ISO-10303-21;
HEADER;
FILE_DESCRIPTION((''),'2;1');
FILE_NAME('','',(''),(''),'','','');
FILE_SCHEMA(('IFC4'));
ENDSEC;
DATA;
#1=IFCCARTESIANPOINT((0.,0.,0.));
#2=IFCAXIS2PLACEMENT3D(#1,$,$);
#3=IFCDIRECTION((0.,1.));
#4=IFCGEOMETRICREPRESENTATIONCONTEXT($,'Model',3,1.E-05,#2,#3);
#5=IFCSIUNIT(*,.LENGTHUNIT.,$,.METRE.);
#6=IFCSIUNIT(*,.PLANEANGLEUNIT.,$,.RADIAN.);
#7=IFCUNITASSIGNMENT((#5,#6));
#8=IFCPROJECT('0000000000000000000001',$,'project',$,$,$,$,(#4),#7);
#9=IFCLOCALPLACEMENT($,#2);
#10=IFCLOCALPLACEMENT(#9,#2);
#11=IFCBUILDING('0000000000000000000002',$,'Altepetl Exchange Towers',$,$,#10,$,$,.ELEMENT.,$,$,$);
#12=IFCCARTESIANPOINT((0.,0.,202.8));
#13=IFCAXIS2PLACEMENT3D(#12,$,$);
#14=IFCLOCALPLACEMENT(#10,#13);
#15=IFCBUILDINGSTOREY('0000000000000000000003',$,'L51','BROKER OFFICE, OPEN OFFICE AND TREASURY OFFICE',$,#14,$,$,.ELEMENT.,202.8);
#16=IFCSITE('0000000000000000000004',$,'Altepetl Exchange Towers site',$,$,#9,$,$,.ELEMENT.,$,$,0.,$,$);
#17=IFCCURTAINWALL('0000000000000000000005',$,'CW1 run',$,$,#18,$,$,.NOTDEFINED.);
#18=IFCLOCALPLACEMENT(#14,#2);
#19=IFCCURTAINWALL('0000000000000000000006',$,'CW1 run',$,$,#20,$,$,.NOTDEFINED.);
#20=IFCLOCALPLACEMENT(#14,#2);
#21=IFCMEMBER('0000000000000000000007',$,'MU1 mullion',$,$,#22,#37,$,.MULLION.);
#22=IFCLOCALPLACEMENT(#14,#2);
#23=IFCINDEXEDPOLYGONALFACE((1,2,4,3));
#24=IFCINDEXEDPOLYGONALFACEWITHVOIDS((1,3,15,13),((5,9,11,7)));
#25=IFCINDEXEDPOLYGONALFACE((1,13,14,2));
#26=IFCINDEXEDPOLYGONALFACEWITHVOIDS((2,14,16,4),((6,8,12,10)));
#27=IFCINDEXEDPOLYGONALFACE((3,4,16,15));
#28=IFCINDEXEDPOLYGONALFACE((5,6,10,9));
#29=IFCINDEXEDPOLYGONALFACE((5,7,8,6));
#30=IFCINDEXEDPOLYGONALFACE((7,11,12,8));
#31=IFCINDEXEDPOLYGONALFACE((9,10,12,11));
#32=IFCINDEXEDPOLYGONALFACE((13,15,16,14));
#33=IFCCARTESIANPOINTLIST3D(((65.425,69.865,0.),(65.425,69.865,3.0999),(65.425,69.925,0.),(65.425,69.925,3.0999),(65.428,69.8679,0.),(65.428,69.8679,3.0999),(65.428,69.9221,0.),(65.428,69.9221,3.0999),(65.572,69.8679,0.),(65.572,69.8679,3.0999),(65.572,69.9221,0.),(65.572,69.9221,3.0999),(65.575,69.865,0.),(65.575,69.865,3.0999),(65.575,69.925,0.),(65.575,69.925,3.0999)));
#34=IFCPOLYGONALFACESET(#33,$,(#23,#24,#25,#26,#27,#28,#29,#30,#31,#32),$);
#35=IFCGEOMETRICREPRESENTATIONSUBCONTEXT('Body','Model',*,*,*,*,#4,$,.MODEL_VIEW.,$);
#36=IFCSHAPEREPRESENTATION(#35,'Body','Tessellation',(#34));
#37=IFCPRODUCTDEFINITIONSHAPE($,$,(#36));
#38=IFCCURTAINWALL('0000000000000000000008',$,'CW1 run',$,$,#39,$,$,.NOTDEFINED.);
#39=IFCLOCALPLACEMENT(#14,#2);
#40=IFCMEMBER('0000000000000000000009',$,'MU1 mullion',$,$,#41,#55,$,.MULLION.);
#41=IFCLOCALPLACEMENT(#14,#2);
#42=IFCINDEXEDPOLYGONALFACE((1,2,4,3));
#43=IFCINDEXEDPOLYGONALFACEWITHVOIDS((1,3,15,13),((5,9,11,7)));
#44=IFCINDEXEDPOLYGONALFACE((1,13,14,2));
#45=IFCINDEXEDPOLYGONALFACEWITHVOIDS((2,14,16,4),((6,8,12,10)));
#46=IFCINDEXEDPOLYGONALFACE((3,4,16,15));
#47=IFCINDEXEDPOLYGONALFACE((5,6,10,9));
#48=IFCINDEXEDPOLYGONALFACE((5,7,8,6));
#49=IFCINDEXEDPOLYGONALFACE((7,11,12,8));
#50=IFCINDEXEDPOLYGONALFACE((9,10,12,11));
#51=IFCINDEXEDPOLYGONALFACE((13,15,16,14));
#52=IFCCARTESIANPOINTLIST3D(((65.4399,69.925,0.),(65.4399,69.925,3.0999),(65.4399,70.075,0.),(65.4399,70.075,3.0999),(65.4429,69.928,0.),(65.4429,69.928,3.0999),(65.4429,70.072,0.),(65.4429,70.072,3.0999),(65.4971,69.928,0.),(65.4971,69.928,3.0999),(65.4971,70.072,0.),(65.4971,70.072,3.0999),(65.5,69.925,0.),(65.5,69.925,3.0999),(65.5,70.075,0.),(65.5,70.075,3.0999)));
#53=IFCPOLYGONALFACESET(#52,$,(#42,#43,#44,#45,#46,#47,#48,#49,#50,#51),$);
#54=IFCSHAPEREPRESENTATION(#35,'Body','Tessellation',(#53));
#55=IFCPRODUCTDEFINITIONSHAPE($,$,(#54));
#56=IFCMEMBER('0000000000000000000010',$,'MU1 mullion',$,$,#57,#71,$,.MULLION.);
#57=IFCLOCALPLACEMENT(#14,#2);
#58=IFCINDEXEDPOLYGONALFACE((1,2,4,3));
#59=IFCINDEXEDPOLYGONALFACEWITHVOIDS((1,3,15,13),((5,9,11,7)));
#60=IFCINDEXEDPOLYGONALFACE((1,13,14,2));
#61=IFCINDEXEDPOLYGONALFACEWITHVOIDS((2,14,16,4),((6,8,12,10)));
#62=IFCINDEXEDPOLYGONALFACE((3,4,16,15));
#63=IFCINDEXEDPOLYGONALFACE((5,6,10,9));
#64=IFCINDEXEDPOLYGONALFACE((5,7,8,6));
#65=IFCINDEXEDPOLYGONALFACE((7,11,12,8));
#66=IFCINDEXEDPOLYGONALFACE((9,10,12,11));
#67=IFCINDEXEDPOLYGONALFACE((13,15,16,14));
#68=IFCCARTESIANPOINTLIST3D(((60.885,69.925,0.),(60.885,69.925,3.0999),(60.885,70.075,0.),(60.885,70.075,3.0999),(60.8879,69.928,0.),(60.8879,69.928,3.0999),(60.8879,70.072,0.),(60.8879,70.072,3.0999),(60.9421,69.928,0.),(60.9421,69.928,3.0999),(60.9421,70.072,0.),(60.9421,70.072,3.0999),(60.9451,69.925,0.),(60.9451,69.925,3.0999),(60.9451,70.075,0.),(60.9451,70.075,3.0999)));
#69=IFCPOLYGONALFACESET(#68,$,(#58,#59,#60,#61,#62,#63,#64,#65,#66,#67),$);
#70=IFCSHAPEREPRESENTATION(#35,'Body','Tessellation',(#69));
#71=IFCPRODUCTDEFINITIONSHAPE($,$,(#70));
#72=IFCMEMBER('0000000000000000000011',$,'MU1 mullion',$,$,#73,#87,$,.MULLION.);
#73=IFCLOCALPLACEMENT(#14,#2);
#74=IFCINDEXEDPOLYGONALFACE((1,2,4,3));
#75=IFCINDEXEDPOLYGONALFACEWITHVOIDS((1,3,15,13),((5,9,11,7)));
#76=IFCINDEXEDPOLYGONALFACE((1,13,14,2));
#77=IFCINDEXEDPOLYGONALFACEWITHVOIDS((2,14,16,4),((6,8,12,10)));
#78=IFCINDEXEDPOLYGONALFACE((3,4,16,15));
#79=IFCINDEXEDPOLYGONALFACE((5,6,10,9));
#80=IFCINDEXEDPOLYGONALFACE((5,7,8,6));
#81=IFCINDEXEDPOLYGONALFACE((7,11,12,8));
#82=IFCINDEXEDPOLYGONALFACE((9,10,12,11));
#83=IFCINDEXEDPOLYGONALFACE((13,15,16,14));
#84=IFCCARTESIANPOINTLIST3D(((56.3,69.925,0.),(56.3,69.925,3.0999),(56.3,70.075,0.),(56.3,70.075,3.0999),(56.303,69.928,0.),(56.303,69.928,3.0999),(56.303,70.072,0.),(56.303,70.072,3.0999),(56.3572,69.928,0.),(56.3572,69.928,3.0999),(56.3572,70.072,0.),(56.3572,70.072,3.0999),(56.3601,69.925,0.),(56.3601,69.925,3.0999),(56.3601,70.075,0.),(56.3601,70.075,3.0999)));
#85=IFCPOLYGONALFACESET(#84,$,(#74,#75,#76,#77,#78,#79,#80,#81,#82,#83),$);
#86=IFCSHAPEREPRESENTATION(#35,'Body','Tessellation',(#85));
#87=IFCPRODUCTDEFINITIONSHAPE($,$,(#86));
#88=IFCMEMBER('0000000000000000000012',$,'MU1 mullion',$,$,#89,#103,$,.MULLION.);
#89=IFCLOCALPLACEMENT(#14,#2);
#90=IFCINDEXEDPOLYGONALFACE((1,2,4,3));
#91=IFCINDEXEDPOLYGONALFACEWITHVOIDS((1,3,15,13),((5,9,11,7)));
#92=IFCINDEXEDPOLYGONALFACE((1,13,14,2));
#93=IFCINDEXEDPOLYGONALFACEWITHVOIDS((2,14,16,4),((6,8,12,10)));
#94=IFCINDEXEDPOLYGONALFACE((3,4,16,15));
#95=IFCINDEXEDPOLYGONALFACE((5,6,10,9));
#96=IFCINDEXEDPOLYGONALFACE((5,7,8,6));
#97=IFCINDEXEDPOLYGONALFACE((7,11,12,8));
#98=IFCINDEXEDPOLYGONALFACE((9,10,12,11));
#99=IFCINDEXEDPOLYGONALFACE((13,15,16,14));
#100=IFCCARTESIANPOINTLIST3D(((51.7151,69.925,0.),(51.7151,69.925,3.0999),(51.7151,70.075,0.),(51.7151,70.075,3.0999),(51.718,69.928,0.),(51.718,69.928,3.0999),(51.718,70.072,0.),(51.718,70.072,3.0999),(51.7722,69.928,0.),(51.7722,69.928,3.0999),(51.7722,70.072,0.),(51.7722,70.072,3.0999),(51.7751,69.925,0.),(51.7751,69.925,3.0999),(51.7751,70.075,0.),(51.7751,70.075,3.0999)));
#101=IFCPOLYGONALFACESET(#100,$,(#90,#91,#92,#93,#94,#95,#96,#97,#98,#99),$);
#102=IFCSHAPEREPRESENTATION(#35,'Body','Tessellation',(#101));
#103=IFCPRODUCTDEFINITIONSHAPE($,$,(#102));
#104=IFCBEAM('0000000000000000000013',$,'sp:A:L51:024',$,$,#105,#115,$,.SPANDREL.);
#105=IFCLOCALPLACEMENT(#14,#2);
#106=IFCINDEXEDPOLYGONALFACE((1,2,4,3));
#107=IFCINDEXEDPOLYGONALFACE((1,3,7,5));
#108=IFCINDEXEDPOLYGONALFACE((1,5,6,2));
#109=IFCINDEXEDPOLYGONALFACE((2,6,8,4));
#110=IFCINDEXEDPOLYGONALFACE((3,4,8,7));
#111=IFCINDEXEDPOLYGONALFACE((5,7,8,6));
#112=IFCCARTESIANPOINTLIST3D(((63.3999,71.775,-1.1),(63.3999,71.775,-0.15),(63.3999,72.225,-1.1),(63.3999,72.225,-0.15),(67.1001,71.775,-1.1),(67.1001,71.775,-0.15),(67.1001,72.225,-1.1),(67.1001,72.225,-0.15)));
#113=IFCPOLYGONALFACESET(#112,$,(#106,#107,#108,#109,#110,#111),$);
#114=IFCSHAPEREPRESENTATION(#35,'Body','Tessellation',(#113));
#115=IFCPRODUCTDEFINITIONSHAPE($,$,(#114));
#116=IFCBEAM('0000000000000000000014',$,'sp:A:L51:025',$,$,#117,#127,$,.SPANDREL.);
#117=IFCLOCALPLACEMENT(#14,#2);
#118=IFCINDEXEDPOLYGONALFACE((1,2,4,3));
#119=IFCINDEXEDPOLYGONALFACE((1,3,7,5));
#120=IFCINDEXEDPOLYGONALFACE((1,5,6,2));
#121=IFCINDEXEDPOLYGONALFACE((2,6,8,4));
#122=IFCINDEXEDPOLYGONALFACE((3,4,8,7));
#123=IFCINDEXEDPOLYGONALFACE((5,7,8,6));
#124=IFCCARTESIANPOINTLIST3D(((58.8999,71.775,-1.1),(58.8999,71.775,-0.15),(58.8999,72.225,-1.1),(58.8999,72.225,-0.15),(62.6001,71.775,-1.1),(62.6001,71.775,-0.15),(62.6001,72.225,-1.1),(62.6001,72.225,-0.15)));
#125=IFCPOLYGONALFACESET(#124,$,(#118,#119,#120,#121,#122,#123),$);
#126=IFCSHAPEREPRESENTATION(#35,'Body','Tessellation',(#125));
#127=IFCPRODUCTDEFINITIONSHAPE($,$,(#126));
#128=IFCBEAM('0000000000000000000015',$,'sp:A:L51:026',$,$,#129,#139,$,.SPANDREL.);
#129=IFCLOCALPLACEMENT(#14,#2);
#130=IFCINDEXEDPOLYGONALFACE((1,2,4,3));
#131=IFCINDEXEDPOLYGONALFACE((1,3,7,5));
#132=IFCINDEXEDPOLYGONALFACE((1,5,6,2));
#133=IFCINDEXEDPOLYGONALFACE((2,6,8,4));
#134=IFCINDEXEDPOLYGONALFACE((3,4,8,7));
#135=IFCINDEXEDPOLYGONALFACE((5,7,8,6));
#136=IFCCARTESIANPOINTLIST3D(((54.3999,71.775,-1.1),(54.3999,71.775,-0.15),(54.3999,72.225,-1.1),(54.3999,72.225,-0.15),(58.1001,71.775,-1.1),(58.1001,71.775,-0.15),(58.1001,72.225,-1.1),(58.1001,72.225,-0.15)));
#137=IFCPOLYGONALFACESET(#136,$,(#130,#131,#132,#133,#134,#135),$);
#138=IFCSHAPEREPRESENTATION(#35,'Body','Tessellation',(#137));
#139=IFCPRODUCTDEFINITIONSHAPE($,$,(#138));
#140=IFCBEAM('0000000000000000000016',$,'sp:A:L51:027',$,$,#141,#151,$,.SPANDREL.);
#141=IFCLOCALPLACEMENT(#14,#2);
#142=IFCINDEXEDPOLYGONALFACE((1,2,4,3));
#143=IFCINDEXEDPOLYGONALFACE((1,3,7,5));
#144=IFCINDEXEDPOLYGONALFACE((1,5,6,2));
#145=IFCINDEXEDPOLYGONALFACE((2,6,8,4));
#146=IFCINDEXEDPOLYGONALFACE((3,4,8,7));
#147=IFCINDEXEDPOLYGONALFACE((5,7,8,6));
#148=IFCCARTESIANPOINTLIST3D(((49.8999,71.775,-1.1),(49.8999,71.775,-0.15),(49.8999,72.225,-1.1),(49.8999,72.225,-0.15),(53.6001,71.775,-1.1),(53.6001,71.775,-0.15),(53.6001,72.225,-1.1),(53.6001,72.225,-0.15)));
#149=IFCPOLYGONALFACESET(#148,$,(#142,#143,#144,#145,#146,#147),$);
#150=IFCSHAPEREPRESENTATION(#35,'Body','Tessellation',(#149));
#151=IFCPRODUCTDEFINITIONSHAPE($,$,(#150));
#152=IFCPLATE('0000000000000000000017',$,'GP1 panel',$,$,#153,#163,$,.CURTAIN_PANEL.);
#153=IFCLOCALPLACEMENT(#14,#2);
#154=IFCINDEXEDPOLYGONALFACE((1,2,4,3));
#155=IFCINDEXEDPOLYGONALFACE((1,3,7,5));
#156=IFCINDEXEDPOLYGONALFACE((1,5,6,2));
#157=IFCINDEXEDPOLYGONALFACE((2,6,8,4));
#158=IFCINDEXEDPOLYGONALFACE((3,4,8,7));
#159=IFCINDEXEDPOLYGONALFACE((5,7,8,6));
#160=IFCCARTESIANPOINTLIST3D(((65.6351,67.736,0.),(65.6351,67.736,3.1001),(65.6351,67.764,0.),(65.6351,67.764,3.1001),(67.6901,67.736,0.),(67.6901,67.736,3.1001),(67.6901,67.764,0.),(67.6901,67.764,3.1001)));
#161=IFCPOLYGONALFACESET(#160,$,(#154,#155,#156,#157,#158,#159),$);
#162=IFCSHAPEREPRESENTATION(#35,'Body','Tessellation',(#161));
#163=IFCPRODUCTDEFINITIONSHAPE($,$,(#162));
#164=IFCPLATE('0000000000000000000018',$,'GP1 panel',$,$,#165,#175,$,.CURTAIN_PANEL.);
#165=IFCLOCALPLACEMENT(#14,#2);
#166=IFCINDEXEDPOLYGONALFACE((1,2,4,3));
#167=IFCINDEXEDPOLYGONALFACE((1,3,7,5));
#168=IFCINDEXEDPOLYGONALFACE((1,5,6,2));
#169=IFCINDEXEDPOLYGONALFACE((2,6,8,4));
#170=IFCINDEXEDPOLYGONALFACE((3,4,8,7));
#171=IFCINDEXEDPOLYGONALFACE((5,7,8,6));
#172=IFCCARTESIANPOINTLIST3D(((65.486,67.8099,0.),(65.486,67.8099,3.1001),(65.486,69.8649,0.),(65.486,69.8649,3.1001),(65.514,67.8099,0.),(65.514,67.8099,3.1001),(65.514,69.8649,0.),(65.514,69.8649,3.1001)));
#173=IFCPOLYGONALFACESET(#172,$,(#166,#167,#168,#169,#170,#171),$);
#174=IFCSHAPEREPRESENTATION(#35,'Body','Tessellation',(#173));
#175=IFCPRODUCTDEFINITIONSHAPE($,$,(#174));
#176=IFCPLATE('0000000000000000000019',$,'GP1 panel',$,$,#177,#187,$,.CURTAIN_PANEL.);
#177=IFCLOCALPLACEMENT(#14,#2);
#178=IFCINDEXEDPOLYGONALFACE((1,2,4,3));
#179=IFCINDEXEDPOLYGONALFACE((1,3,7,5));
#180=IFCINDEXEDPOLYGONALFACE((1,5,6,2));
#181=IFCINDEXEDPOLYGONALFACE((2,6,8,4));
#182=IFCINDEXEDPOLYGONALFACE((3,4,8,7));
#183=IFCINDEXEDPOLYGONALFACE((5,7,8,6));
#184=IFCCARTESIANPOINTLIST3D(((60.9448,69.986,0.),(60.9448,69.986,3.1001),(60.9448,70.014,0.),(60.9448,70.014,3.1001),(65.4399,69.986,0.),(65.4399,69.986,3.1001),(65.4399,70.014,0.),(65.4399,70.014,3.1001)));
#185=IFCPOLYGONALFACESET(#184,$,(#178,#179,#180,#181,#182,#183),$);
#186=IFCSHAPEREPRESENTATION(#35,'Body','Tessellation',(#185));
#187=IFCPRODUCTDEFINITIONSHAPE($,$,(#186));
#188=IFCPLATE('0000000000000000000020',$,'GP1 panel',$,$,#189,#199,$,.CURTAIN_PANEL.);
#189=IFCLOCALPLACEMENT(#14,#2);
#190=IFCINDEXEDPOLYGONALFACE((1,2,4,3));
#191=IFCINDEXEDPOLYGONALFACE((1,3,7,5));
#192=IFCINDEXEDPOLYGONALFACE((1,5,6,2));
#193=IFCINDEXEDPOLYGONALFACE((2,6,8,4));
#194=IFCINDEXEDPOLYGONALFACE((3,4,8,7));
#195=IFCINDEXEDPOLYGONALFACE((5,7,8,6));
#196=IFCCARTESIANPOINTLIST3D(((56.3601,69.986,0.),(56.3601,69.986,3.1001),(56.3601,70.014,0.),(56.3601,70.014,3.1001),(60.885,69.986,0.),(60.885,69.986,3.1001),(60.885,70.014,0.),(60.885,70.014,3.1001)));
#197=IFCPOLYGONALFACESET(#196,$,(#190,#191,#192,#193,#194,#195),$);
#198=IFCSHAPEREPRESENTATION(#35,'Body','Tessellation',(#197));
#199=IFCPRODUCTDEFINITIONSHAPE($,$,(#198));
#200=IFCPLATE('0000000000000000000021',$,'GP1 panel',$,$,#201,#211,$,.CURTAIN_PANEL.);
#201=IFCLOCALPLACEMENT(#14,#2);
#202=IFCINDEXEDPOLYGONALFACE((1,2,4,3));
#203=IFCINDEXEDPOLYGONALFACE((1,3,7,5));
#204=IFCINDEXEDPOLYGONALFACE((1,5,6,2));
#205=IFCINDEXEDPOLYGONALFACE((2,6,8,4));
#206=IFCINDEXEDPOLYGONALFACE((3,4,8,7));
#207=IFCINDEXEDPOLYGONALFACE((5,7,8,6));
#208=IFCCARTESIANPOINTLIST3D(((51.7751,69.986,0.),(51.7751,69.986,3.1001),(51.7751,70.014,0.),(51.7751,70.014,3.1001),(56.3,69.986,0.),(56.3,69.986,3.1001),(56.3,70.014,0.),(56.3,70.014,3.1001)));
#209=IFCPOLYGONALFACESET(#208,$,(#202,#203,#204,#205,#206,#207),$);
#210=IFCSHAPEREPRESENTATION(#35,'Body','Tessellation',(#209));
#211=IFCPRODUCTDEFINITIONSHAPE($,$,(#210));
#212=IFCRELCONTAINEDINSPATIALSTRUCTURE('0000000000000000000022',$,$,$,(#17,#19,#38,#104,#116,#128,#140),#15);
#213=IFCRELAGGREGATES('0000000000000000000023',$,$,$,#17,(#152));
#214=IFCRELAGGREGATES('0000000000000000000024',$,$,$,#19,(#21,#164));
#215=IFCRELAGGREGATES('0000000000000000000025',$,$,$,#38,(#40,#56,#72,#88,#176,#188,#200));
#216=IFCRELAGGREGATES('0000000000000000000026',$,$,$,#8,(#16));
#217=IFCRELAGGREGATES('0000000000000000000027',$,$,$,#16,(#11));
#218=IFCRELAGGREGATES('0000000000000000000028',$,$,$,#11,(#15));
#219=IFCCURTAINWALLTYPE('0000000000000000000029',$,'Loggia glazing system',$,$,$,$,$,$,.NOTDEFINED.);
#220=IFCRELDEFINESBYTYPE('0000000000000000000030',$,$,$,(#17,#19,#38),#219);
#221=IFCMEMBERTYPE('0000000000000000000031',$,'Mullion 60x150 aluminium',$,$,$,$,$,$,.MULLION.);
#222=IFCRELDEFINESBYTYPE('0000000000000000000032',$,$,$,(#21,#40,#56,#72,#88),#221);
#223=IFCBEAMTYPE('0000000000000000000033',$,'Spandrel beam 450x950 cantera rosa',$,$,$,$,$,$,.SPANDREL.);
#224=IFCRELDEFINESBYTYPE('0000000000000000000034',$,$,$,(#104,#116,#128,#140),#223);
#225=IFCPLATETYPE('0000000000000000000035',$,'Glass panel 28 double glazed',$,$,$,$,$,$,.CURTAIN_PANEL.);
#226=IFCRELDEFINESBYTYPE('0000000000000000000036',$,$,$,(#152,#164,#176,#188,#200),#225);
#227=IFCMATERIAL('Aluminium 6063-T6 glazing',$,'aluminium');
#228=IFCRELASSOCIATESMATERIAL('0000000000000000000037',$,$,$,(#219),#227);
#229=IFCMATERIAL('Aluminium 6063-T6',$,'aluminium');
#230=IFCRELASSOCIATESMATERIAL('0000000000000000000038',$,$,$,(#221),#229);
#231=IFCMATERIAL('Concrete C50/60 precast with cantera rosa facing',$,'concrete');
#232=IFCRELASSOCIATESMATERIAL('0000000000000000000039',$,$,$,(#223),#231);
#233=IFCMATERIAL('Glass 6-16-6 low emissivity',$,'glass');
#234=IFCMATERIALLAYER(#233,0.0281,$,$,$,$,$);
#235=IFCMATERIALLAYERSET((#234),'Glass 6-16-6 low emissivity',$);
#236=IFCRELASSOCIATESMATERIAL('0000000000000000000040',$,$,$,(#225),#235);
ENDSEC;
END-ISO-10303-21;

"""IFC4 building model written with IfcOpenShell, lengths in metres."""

from ifc_helpers import new_model, si_unit, direction, frame, origin, origin_2d, place, context, subcontext, project, spatial, rectangle, hollow_rectangle, extrude, material, layer, layer_set, material_profile, profile_set, type_object, element, aggregate, save


model = new_model("IFC4")

# Units and contexts
model_context = context("Model", 3, precision=1e-05, world=origin(), true_north=direction((0.0, 1.0)))
body_context = subcontext(model_context, "Body", "Model", "MODEL_VIEW")
ifc_project = project(units=[si_unit("LENGTHUNIT", "METRE"), si_unit("PLANEANGLEUNIT", "RADIAN")], contexts=[model_context])

# Site, building, storey
site_placement = place(None, origin())
site = spatial("IfcSite", under=ifc_project, at=site_placement, Name="Altepetl Exchange Towers site", CompositionType="ELEMENT", RefElevation=0.0)
building_placement = place(site_placement, origin())
building = spatial("IfcBuilding", under=site, at=building_placement, Name="Altepetl Exchange Towers", CompositionType="ELEMENT")
storey_placement = place(building_placement, frame((0.0, 0.0, 202.8)))
storey = spatial("IfcBuildingStorey", under=building, at=storey_placement, Name="L51", Description="BROKER OFFICE, OPEN OFFICE AND TREASURY OFFICE", CompositionType="ELEMENT", Elevation=202.8)

# Curtain wall
ifc_material_1 = material(Name="Aluminium 6063-T6 glazing", Category="aluminium")
curtain_wall_type = type_object("IfcCurtainWallType", Name="Loggia glazing system", PredefinedType="NOTDEFINED", material=ifc_material_1)
curtain_wall_1_placement = place(storey_placement, origin())
curtain_wall_1 = element("IfcCurtainWall", 1, at=curtain_wall_1_placement, inside=storey, type_object=curtain_wall_type, Name="CW1 run", PredefinedType="NOTDEFINED")
ifc_material_2 = material(Name="Aluminium 6063-T6", Category="aluminium")
ifc_material_profile_1 = material_profile(ifc_material_2, hollow_rectangle(XDim=0.0601, YDim=0.1499, WallThickness=0.0029, at=origin_2d()), Name="Mullion 60x150 aluminium")
ifc_profile_set_1 = profile_set([ifc_material_profile_1], Name="Aluminium 6063-T6")
member_type = type_object("IfcMemberType", Name="Mullion 60x150 aluminium", PredefinedType="MULLION", material=ifc_profile_set_1)

# Curtain walls, members
curtain_wall_2_placement = place(storey_placement, origin())
curtain_wall_2 = element("IfcCurtainWall", 2, at=curtain_wall_2_placement, inside=storey, type_object=curtain_wall_type, Name="CW1 run", PredefinedType="NOTDEFINED")
member_1_placement = place(storey_placement, frame((65.5, 69.895, 0.0), z_axis=(0.0, 0.0, 1.0), x_axis=(0.0, 1.0, 0.0)))
member_1 = element("IfcMember", 3, at=member_1_placement, type_object=member_type, Name="MU1 mullion", PredefinedType="MULLION", context=body_context, shape_type="SweptSolid", body=[
    extrude(hollow_rectangle(XDim=0.0601, YDim=0.1499, WallThickness=0.0029, at=origin_2d()), origin(), (0.0, 0.0, 1.0), 3.0999),
])
curtain_wall_3_placement = place(storey_placement, origin())
curtain_wall_3 = element("IfcCurtainWall", 4, at=curtain_wall_3_placement, inside=storey, type_object=curtain_wall_type, Name="CW1 run", PredefinedType="NOTDEFINED")
member_2_placement = place(storey_placement, frame((65.47, 70.0, 0.0), z_axis=(0.0, 0.0, 1.0), x_axis=(-1.0, 0.0, 0.0)))
member_2 = element("IfcMember", 5, at=member_2_placement, type_object=member_type, Name="MU1 mullion", PredefinedType="MULLION", context=body_context, shape_type="SweptSolid", body=[
    extrude(hollow_rectangle(XDim=0.0601, YDim=0.1499, WallThickness=0.0029, at=origin_2d()), origin(), (0.0, 0.0, 1.0), 3.0999),
])
member_3_placement = place(storey_placement, frame((60.915, 70.0, 0.0), z_axis=(0.0, 0.0, 1.0), x_axis=(-1.0, 0.0, 0.0)))
member_3 = element("IfcMember", 6, at=member_3_placement, type_object=member_type, Name="MU1 mullion", PredefinedType="MULLION", context=body_context, shape_type="SweptSolid", body=[
    extrude(hollow_rectangle(XDim=0.0601, YDim=0.1499, WallThickness=0.0029, at=origin_2d()), origin(), (0.0, 0.0, 1.0), 3.0999),
])
member_4_placement = place(storey_placement, frame((56.3301, 70.0, 0.0), z_axis=(0.0, 0.0, 1.0), x_axis=(-1.0, 0.0, 0.0)))
member_4 = element("IfcMember", 7, at=member_4_placement, type_object=member_type, Name="MU1 mullion", PredefinedType="MULLION", context=body_context, shape_type="SweptSolid", body=[
    extrude(hollow_rectangle(XDim=0.0601, YDim=0.1499, WallThickness=0.0029, at=origin_2d()), origin(), (0.0, 0.0, 1.0), 3.0999),
])
member_5_placement = place(storey_placement, frame((51.7451, 70.0, 0.0), z_axis=(0.0, 0.0, 1.0), x_axis=(-1.0, 0.0, 0.0)))
member_5 = element("IfcMember", 8, at=member_5_placement, type_object=member_type, Name="MU1 mullion", PredefinedType="MULLION", context=body_context, shape_type="SweptSolid", body=[
    extrude(hollow_rectangle(XDim=0.0601, YDim=0.1499, WallThickness=0.0029, at=origin_2d()), origin(), (0.0, 0.0, 1.0), 3.0999),
])

# Beams
ifc_material_3 = material(Name="Concrete C50/60 precast with cantera rosa facing", Category="concrete")
ifc_material_profile_2 = material_profile(ifc_material_3, rectangle(XDim=0.45, YDim=0.95, at=origin_2d()), Name="450 x 950")
ifc_profile_set_2 = profile_set([ifc_material_profile_2], Name="Concrete C50/60 precast with cantera rosa facing")
beam_type_1 = type_object("IfcBeamType", Name="Spandrel beam 450x950 cantera rosa", PredefinedType="SPANDREL", material=ifc_profile_set_2)
for number, where, z_axis, x_axis, name in (
    (9, (67.1001, 72.0, -0.625), (-1.0, 0.0, 0.0), (0.0, -1.0, 0.0), "sp:A:L51:024"),
    (10, (62.6001, 72.0, -0.625), (-1.0, 0.0, 0.0), (0.0, -1.0, 0.0), "sp:A:L51:025"),
    (11, (58.1001, 72.0, -0.625), (-1.0, 0.0, 0.0), (0.0, -1.0, 0.0), "sp:A:L51:026"),
    (12, (53.6001, 72.0, -0.625), (-1.0, 0.0, 0.0), (0.0, -1.0, 0.0), "sp:A:L51:027"),
):
    element("IfcBeam", number, at=place(storey_placement, frame(where, z_axis=z_axis, x_axis=x_axis)), inside=storey, type_object=beam_type_1, Name=name, PredefinedType="SPANDREL", context=body_context, shape_type="SweptSolid", body=[
        extrude(rectangle(XDim=0.45, YDim=0.95, at=origin_2d()), origin(), (0.0, 0.0, 1.0), 3.7002),
    ])

# Plates
ifc_material_4 = material(Name="Glass 6-16-6 low emissivity", Category="glass")
ifc_layer_1 = layer(ifc_material_4, 0.0281)
ifc_layer_set_1 = layer_set([ifc_layer_1], Name="Glass 6-16-6 low emissivity")
plate_type = type_object("IfcPlateType", Name="Glass panel 28 double glazed", PredefinedType="CURTAIN_PANEL", material=ifc_layer_set_1)
plate_1_placement = place(storey_placement, frame((66.6626, 67.75, 0.0), z_axis=(0.0, 0.0, 1.0), x_axis=(-1.0, 0.0, 0.0)))
plate_1 = element("IfcPlate", 13, at=plate_1_placement, type_object=plate_type, Name="GP1 panel", PredefinedType="CURTAIN_PANEL", context=body_context, shape_type="SweptSolid", body=[
    extrude(rectangle(XDim=2.0549, YDim=0.0281, at=origin_2d()), origin(), (0.0, 0.0, 1.0), 3.1001),
])
aggregate(curtain_wall_1, [plate_1])
plate_2_placement = place(storey_placement, frame((65.5, 68.8374, 0.0), z_axis=(0.0, 0.0, 1.0), x_axis=(0.0, 1.0, 0.0)))
plate_2 = element("IfcPlate", 14, at=plate_2_placement, type_object=plate_type, Name="GP1 panel", PredefinedType="CURTAIN_PANEL", context=body_context, shape_type="SweptSolid", body=[
    extrude(rectangle(XDim=2.0549, YDim=0.0281, at=origin_2d()), origin(), (0.0, 0.0, 1.0), 3.1001),
])
aggregate(curtain_wall_2, [member_1, plate_2])
plate_3_placement = place(storey_placement, frame((63.1924, 70.0, 0.0), z_axis=(0.0, 0.0, 1.0), x_axis=(-1.0, 0.0, 0.0)))
plate_3 = element("IfcPlate", 15, at=plate_3_placement, type_object=plate_type, Name="GP1 panel", PredefinedType="CURTAIN_PANEL", context=body_context, shape_type="SweptSolid", body=[
    extrude(rectangle(XDim=4.4951, YDim=0.0281, at=origin_2d()), origin(), (0.0, 0.0, 1.0), 3.1001),
])
plate_4_placement = place(storey_placement, frame((58.6226, 70.0, 0.0), z_axis=(0.0, 0.0, 1.0), x_axis=(-1.0, 0.0, 0.0)))
plate_4 = element("IfcPlate", 16, at=plate_4_placement, type_object=plate_type, Name="GP1 panel", PredefinedType="CURTAIN_PANEL", context=body_context, shape_type="SweptSolid", body=[
    extrude(rectangle(XDim=4.5249, YDim=0.0281, at=origin_2d()), origin(), (0.0, 0.0, 1.0), 3.1001),
])
plate_5_placement = place(storey_placement, frame((54.0376, 70.0, 0.0), z_axis=(0.0, 0.0, 1.0), x_axis=(-1.0, 0.0, 0.0)))
plate_5 = element("IfcPlate", 17, at=plate_5_placement, type_object=plate_type, Name="GP1 panel", PredefinedType="CURTAIN_PANEL", context=body_context, shape_type="SweptSolid", body=[
    extrude(rectangle(XDim=4.5249, YDim=0.0281, at=origin_2d()), origin(), (0.0, 0.0, 1.0), 3.1001),
])
aggregate(curtain_wall_3, [member_2, member_3, member_4, member_5, plate_3, plate_4, plate_5])

save(model, "model.ifc")
